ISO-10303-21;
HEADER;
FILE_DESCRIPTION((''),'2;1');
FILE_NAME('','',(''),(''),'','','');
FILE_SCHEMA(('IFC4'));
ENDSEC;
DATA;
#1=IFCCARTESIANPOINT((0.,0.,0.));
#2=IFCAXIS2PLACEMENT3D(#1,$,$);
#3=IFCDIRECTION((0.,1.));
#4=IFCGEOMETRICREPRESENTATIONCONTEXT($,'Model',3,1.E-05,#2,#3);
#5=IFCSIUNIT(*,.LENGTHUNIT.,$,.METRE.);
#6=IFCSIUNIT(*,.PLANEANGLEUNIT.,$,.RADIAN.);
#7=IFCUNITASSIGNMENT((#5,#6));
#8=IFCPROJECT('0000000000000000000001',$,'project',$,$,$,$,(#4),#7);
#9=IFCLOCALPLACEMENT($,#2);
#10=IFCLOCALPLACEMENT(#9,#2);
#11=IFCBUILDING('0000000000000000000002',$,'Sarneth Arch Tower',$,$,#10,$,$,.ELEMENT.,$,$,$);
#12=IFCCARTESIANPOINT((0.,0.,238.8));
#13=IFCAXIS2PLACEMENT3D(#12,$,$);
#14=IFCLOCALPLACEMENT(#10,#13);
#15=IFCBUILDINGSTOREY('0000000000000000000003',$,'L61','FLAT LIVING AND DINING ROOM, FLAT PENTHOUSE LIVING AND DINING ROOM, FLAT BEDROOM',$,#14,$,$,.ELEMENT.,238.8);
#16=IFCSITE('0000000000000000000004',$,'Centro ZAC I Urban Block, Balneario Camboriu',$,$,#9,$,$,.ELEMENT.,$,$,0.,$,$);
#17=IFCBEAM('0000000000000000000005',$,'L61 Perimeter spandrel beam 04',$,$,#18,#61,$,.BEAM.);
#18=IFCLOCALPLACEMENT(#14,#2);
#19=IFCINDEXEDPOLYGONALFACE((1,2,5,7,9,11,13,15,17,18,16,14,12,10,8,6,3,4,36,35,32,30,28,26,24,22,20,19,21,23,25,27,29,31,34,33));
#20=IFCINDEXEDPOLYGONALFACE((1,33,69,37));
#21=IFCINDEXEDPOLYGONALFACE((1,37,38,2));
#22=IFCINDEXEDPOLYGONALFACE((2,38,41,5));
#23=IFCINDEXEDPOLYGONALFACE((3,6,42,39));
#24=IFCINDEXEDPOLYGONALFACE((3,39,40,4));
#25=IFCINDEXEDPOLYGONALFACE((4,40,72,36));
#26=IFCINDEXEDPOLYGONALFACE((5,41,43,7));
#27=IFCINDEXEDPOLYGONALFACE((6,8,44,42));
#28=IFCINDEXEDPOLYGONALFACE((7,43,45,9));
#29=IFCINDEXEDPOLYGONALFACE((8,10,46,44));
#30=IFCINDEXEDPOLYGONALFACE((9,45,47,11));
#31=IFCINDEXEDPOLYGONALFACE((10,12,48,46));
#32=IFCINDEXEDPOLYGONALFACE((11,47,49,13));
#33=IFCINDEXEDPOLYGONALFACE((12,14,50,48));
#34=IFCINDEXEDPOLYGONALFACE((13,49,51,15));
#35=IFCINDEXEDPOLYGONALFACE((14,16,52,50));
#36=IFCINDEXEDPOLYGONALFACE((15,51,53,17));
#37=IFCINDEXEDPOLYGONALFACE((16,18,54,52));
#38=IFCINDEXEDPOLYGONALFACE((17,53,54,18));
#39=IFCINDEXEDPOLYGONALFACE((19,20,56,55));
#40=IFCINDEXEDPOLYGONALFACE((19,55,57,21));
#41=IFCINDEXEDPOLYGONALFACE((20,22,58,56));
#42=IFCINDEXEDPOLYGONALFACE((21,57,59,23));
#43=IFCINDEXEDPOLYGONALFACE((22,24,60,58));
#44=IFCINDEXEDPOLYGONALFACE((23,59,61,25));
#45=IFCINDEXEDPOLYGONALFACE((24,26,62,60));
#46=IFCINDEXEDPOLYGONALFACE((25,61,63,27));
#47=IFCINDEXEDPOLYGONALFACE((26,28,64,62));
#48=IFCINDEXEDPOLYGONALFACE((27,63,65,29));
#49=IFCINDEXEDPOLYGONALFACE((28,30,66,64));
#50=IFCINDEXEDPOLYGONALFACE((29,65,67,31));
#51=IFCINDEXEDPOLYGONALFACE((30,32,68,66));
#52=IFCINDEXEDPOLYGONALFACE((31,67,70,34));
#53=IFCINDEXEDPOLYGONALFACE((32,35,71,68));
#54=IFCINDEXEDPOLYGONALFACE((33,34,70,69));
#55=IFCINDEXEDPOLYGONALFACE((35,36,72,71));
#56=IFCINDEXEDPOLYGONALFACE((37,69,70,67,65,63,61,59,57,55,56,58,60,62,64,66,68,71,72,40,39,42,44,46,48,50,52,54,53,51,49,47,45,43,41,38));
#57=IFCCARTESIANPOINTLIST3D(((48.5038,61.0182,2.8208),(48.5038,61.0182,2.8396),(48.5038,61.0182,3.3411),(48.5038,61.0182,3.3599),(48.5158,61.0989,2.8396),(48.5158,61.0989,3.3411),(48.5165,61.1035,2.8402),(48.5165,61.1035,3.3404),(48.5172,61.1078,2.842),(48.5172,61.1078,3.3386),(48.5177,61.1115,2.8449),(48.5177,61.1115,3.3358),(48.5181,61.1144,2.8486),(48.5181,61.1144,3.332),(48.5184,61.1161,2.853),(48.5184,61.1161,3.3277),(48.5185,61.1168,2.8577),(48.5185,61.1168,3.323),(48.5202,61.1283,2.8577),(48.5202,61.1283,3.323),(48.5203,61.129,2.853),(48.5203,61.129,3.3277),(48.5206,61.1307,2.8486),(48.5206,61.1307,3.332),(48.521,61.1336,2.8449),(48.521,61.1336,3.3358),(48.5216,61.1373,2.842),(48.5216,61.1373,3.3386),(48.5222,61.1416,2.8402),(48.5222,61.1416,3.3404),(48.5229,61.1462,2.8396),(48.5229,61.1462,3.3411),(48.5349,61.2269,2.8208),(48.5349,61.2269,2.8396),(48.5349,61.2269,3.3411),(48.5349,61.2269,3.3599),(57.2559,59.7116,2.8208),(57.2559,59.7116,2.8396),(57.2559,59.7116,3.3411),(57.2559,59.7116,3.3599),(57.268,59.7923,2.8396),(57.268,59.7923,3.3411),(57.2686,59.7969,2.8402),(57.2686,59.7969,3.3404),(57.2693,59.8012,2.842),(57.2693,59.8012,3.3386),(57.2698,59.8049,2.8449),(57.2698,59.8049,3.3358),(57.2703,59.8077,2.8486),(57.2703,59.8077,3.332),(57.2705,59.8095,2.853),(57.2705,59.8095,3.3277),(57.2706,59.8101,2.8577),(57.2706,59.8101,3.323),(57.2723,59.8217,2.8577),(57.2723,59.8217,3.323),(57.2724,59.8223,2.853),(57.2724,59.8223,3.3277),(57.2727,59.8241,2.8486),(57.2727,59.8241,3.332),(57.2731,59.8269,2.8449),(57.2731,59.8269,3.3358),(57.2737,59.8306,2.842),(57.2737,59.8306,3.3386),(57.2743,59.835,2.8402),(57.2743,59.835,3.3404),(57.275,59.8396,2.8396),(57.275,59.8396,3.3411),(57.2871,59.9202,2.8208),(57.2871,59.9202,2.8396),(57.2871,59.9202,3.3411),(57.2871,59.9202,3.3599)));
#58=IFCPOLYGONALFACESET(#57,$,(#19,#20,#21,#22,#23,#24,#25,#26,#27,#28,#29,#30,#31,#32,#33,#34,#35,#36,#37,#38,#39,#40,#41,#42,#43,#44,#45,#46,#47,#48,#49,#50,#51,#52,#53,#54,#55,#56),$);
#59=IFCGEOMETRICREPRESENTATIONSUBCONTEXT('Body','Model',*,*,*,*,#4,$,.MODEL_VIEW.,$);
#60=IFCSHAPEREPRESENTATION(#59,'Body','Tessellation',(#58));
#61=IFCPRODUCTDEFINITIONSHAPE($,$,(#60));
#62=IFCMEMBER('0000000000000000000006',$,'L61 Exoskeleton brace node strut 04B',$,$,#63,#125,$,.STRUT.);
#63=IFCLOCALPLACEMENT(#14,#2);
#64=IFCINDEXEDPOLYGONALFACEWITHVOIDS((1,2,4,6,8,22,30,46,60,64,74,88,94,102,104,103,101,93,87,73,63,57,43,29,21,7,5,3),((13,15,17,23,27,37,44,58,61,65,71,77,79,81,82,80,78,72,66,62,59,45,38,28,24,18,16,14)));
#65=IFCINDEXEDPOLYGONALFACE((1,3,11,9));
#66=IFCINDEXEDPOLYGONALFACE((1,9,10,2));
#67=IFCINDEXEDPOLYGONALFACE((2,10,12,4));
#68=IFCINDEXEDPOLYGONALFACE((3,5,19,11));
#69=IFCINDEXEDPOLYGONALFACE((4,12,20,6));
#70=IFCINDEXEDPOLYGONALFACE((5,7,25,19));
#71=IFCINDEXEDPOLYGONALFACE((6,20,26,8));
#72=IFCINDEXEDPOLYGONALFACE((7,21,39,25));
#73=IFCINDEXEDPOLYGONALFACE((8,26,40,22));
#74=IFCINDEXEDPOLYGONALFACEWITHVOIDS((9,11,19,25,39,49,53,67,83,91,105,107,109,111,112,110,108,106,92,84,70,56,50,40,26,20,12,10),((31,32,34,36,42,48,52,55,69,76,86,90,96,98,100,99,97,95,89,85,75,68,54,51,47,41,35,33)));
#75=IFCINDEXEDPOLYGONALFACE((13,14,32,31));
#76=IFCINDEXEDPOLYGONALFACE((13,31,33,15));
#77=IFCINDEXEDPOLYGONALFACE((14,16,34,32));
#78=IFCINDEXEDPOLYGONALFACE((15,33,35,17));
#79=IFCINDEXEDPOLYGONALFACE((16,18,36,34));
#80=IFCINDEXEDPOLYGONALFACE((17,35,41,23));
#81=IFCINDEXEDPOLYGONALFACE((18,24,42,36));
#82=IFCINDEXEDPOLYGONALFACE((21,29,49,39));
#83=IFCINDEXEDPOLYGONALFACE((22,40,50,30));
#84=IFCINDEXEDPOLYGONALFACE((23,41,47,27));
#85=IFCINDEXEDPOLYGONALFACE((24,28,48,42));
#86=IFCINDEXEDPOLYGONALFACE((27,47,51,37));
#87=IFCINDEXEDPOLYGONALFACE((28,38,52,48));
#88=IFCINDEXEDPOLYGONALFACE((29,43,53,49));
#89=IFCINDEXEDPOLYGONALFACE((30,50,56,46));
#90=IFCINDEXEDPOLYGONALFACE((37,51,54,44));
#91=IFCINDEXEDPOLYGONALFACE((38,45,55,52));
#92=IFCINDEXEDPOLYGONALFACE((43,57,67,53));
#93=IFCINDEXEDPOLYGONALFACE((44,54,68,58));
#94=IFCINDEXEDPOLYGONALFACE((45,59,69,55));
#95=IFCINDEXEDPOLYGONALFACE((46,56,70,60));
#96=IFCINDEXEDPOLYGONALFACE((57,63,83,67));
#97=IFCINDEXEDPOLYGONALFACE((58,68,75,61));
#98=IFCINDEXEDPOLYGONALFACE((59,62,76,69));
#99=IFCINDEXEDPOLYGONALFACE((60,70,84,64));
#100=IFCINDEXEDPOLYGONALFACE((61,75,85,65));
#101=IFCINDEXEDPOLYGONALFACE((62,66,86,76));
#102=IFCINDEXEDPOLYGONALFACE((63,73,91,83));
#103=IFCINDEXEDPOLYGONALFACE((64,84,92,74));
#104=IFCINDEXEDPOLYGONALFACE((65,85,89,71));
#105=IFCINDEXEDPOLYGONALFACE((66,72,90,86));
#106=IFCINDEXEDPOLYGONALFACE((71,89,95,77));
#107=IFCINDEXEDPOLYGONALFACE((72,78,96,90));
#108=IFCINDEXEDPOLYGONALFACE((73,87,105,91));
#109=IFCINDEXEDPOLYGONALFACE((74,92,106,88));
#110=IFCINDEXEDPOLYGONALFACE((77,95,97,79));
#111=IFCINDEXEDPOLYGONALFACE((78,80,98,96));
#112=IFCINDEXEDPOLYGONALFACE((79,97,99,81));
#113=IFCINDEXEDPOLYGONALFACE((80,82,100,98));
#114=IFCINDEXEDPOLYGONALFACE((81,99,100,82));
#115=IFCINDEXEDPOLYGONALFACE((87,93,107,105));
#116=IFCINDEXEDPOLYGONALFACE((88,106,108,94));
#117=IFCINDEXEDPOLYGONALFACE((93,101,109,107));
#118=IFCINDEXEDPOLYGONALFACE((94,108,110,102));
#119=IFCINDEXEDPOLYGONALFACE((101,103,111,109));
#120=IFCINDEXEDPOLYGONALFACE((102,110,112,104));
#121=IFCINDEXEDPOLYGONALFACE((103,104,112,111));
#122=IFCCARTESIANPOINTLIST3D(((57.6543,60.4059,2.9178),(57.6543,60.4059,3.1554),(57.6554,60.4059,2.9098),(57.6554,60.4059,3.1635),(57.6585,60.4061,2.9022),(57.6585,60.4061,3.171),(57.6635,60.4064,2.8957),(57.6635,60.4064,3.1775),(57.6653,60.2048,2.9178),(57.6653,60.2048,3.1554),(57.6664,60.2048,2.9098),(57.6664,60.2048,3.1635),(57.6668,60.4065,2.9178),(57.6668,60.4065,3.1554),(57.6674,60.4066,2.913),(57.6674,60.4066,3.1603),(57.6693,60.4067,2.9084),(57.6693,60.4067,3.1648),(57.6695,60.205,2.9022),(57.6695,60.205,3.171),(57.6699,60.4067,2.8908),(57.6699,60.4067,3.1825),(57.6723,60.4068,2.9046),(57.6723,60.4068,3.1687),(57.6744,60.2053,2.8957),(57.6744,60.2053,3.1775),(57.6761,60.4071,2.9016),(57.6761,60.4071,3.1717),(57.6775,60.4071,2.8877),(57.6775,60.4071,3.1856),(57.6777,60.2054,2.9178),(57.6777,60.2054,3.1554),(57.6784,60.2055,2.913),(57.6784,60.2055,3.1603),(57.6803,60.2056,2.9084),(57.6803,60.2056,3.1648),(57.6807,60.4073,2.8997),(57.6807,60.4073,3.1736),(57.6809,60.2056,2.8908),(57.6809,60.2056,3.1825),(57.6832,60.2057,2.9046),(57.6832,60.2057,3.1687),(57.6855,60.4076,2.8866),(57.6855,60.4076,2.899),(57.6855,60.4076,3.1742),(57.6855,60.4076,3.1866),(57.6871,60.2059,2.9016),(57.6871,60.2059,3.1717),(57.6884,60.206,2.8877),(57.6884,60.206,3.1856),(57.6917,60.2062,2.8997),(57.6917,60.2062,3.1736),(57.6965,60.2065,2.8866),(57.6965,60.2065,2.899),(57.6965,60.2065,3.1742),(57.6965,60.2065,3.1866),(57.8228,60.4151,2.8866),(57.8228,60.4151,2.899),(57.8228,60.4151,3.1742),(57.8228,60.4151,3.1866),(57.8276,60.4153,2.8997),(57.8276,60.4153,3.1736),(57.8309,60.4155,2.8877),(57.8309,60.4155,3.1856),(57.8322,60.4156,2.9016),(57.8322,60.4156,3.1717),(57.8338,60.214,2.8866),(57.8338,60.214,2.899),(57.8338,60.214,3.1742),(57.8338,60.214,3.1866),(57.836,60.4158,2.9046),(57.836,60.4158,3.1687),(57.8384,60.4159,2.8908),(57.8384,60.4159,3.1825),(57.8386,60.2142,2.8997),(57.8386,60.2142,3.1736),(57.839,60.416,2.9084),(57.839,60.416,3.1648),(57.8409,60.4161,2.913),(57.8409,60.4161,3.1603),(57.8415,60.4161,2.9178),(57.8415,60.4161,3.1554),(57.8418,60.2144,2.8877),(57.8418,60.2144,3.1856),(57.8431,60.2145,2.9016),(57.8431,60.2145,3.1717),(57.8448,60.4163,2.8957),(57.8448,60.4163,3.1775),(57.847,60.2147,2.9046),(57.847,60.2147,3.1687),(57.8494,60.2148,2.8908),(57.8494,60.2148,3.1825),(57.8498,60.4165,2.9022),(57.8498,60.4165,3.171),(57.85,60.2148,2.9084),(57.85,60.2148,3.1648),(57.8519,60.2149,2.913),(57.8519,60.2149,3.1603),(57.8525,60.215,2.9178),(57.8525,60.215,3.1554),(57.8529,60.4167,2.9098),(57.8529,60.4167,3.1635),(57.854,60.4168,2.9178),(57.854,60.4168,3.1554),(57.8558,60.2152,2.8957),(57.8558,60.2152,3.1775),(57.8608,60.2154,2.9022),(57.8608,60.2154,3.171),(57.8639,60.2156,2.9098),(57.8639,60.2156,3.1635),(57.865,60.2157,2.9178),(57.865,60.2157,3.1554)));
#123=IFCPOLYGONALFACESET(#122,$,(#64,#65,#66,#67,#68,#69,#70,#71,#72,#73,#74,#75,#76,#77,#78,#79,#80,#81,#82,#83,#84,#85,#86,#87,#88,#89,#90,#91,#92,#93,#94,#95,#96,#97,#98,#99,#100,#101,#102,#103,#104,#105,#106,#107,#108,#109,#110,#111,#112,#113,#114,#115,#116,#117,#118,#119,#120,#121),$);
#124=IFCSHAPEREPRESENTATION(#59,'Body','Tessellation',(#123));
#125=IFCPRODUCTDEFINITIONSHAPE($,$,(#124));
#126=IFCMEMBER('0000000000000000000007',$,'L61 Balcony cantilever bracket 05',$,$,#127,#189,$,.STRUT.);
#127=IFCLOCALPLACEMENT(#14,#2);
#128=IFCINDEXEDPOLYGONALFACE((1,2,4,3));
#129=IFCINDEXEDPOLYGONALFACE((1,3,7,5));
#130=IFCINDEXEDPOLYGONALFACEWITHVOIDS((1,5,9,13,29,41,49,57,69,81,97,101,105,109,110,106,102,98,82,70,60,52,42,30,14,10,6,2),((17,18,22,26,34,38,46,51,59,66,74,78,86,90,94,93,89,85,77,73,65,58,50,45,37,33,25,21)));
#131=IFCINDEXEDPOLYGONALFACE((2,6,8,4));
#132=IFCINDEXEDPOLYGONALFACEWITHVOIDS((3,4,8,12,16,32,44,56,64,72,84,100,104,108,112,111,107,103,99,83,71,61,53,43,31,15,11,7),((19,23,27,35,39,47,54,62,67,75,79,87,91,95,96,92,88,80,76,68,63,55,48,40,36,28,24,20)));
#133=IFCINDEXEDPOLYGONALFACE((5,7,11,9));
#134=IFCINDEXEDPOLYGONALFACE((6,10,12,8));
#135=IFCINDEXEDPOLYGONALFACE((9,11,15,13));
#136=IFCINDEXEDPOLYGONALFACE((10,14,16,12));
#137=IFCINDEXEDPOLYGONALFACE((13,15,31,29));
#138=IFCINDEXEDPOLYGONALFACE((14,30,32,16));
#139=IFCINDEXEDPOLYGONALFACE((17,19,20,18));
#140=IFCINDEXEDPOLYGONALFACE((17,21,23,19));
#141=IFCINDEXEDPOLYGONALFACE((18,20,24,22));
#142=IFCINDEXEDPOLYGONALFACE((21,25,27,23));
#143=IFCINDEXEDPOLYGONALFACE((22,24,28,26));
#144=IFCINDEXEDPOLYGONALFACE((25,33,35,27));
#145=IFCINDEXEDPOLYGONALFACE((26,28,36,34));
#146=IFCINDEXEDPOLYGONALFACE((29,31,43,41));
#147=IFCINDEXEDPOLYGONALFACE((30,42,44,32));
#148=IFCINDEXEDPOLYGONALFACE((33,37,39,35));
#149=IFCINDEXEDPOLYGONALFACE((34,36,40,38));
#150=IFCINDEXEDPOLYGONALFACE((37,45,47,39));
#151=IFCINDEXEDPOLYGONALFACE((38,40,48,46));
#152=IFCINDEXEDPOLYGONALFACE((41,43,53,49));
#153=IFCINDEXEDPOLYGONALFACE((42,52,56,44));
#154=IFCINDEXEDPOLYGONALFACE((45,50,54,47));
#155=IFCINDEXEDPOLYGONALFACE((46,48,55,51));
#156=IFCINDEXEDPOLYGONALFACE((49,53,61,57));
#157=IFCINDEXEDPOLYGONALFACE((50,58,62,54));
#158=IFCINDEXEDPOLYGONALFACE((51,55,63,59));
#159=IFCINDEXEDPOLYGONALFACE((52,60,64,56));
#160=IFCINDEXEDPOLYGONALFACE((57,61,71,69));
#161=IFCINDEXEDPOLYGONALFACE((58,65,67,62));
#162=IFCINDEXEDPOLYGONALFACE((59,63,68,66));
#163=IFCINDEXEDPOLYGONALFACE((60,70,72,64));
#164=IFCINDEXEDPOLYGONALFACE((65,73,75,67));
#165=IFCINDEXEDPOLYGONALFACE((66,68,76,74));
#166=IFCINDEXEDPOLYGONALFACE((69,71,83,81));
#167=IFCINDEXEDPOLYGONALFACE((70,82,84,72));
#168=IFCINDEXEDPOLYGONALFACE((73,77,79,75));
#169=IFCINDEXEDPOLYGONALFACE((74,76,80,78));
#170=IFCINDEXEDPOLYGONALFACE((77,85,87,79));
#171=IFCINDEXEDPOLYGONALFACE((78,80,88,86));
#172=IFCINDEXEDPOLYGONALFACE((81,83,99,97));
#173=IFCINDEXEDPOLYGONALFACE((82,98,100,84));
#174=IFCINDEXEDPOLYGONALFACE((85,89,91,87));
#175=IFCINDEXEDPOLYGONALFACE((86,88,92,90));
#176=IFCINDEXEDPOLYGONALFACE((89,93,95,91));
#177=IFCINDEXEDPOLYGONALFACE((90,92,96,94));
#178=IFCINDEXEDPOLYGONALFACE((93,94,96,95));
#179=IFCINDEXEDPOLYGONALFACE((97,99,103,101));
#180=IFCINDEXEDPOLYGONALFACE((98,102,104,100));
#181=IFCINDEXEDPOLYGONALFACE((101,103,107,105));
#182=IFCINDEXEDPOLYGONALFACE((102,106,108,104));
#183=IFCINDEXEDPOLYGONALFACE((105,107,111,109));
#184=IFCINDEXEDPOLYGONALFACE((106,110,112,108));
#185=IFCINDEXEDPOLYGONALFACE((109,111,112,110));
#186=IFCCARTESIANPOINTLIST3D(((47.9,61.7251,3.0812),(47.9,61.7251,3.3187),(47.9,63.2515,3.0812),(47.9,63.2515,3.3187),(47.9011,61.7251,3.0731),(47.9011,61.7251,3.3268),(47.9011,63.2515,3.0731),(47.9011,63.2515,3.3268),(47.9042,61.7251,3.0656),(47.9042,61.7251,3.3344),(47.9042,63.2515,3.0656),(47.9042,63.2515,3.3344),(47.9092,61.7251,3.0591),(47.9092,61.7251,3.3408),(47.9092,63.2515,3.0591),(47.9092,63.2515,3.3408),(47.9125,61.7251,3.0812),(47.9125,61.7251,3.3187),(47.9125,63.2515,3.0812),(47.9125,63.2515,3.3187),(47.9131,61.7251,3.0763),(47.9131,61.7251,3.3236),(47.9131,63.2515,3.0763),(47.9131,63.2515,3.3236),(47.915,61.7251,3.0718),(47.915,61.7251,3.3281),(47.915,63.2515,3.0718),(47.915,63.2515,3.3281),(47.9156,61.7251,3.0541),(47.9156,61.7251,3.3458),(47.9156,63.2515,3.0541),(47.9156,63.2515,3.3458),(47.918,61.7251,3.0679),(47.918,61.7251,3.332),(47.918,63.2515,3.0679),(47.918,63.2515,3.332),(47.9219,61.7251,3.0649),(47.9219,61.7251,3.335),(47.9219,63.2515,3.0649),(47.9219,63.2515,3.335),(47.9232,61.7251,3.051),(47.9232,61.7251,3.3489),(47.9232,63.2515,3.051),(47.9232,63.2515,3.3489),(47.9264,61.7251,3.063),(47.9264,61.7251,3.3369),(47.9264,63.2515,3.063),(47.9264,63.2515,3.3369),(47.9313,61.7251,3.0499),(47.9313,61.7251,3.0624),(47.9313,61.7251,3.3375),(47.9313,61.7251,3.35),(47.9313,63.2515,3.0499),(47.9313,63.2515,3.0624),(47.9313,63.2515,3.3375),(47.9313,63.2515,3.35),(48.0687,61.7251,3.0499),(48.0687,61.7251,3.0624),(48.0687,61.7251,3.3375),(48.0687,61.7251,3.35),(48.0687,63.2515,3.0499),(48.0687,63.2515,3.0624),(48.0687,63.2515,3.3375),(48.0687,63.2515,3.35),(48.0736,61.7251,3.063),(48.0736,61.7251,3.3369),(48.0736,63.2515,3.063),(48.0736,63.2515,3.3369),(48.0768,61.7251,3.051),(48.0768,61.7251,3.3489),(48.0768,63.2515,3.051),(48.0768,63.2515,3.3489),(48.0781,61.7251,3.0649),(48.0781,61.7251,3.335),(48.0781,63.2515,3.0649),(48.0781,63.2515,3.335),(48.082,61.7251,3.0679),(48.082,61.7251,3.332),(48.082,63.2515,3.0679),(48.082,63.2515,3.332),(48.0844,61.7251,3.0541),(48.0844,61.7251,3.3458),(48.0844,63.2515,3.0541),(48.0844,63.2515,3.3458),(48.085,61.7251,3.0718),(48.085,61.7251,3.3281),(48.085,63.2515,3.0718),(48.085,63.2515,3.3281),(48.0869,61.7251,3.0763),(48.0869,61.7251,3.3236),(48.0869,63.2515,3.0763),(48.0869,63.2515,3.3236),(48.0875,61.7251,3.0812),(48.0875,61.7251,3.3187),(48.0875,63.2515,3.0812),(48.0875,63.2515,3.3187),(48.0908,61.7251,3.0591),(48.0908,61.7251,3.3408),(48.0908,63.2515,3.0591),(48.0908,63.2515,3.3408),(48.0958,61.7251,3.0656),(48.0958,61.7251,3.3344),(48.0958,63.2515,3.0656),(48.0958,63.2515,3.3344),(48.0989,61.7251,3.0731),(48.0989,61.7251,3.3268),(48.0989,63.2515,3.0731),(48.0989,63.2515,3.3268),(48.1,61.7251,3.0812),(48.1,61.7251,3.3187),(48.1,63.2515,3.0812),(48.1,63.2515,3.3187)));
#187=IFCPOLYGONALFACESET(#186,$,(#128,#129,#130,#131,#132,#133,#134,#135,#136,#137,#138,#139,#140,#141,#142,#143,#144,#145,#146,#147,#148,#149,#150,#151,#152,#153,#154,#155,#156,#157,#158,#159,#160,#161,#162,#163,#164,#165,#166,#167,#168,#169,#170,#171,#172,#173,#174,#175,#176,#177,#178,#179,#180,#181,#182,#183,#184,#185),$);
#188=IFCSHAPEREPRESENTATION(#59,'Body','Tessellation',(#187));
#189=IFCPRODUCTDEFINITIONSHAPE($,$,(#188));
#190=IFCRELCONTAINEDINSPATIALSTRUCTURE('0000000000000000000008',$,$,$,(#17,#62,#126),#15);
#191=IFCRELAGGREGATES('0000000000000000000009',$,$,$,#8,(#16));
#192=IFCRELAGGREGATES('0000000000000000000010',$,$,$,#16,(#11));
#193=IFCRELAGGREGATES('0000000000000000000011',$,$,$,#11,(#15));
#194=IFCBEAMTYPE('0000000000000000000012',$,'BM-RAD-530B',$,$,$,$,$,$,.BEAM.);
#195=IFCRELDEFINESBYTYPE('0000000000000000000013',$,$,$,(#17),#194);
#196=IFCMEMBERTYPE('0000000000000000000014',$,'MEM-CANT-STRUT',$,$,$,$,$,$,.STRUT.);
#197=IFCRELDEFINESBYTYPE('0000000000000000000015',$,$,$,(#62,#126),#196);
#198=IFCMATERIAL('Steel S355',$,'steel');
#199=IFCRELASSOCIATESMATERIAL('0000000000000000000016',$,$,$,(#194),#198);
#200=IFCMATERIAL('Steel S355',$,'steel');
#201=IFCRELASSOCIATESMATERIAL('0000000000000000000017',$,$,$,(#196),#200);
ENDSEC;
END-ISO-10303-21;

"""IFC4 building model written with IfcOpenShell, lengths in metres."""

from ifc_helpers import new_model, si_unit, direction, frame, origin, origin_2d, place, context, subcontext, project, spatial, hollow_rectangle, i_section, extrude, material, material_profile, profile_set, type_object, element, save


model = new_model("IFC4")

# Units and contexts
model_context = context("Model", 3, precision=1e-05, world=origin(), true_north=direction((0.0, 1.0)))
body_context = subcontext(model_context, "Body", "Model", "MODEL_VIEW")
ifc_project = project(units=[si_unit("LENGTHUNIT", "METRE"), si_unit("PLANEANGLEUNIT", "RADIAN")], contexts=[model_context])

# Site, building, storey
site_placement = place(None, origin())
site = spatial("IfcSite", under=ifc_project, at=site_placement, Name="Centro ZAC I Urban Block, Balneario Camboriu", CompositionType="ELEMENT", RefElevation=0.0)
building_placement = place(site_placement, origin())
building = spatial("IfcBuilding", under=site, at=building_placement, Name="Sarneth Arch Tower", CompositionType="ELEMENT")
storey_placement = place(building_placement, frame((0.0, 0.0, 238.8)))
storey = spatial("IfcBuildingStorey", under=building, at=storey_placement, Name="L61", Description="FLAT LIVING AND DINING ROOM, FLAT PENTHOUSE LIVING AND DINING ROOM, FLAT BEDROOM", CompositionType="ELEMENT", Elevation=238.8)

# Beam
ifc_material_1 = material(Name="Steel S355", Category="steel")
ifc_material_profile_1 = material_profile(ifc_material_1, i_section(OverallWidth=0.2109, OverallDepth=0.5391, WebThickness=0.0117, FlangeThickness=0.0188, FilletRadius=0.0181, at=origin_2d()), Name="W530x109")
ifc_profile_set_1 = profile_set([ifc_material_profile_1], Name="Steel S355")
beam_type = type_object("IfcBeamType", Name="BM-RAD-530B", PredefinedType="BEAM", material=ifc_profile_set_1)
beam_placement = place(storey_placement, frame((57.2715, 59.8159, 3.0903), z_axis=(-0.989039, 0.147656, 0.0), x_axis=(-0.147656, -0.989039, 0.0)))
element("IfcBeam", 1, at=beam_placement, inside=storey, type_object=beam_type, Name="L61 Perimeter spandrel beam 04", PredefinedType="BEAM", context=body_context, shape_type="SweptSolid", body=[
    extrude(i_section(OverallWidth=0.2109, OverallDepth=0.5391, WebThickness=0.0117, FlangeThickness=0.0188, FilletRadius=0.0181, at=origin_2d()), origin(), (0.0, 0.0, 1.0), 8.8491),
])

# Members
ifc_material_2 = material(Name="Steel S355", Category="steel")
ifc_material_profile_2 = material_profile(ifc_material_2, hollow_rectangle(XDim=0.2, YDim=0.3, WallThickness=0.0125, InnerFilletRadius=0.0188, OuterFilletRadius=0.0312, at=origin_2d()), Name="RHS300x200x12.5")
ifc_profile_set_2 = profile_set([ifc_material_profile_2], Name="Steel S355")
member_type_1 = type_object("IfcMemberType", Name="MEM-CANT-STRUT", PredefinedType="STRUT", material=ifc_profile_set_2)
member_1_placement = place(storey_placement, frame((57.7651, 60.2102, 3.0366), z_axis=(-0.05453, 0.998512, 0.0), x_axis=(-0.998512, -0.05453, 0.0)))
element("IfcMember", 2, at=member_1_placement, inside=storey, type_object=member_type_1, Name="L61 Exoskeleton brace node strut 04B", PredefinedType="STRUT", context=body_context, shape_type="SweptSolid", body=[
    extrude(hollow_rectangle(XDim=0.2, YDim=0.3, WallThickness=0.0125, InnerFilletRadius=0.0188, OuterFilletRadius=0.0312, at=origin_2d()), origin(), (0.0, 0.0, 1.0), 0.2014),
])
member_2_placement = place(storey_placement, frame((48.0, 61.7251, 3.2), z_axis=(0.0, 1.0, 0.0), x_axis=(-1.0, 0.0, 0.0)))
element("IfcMember", 3, at=member_2_placement, inside=storey, type_object=member_type_1, Name="L61 Balcony cantilever bracket 05", PredefinedType="STRUT", context=body_context, shape_type="SweptSolid", body=[
    extrude(hollow_rectangle(XDim=0.2, YDim=0.3, WallThickness=0.0125, InnerFilletRadius=0.0188, OuterFilletRadius=0.0312, at=origin_2d()), origin(), (0.0, 0.0, 1.0), 1.5264),
])

save(model, "model.ifc")
